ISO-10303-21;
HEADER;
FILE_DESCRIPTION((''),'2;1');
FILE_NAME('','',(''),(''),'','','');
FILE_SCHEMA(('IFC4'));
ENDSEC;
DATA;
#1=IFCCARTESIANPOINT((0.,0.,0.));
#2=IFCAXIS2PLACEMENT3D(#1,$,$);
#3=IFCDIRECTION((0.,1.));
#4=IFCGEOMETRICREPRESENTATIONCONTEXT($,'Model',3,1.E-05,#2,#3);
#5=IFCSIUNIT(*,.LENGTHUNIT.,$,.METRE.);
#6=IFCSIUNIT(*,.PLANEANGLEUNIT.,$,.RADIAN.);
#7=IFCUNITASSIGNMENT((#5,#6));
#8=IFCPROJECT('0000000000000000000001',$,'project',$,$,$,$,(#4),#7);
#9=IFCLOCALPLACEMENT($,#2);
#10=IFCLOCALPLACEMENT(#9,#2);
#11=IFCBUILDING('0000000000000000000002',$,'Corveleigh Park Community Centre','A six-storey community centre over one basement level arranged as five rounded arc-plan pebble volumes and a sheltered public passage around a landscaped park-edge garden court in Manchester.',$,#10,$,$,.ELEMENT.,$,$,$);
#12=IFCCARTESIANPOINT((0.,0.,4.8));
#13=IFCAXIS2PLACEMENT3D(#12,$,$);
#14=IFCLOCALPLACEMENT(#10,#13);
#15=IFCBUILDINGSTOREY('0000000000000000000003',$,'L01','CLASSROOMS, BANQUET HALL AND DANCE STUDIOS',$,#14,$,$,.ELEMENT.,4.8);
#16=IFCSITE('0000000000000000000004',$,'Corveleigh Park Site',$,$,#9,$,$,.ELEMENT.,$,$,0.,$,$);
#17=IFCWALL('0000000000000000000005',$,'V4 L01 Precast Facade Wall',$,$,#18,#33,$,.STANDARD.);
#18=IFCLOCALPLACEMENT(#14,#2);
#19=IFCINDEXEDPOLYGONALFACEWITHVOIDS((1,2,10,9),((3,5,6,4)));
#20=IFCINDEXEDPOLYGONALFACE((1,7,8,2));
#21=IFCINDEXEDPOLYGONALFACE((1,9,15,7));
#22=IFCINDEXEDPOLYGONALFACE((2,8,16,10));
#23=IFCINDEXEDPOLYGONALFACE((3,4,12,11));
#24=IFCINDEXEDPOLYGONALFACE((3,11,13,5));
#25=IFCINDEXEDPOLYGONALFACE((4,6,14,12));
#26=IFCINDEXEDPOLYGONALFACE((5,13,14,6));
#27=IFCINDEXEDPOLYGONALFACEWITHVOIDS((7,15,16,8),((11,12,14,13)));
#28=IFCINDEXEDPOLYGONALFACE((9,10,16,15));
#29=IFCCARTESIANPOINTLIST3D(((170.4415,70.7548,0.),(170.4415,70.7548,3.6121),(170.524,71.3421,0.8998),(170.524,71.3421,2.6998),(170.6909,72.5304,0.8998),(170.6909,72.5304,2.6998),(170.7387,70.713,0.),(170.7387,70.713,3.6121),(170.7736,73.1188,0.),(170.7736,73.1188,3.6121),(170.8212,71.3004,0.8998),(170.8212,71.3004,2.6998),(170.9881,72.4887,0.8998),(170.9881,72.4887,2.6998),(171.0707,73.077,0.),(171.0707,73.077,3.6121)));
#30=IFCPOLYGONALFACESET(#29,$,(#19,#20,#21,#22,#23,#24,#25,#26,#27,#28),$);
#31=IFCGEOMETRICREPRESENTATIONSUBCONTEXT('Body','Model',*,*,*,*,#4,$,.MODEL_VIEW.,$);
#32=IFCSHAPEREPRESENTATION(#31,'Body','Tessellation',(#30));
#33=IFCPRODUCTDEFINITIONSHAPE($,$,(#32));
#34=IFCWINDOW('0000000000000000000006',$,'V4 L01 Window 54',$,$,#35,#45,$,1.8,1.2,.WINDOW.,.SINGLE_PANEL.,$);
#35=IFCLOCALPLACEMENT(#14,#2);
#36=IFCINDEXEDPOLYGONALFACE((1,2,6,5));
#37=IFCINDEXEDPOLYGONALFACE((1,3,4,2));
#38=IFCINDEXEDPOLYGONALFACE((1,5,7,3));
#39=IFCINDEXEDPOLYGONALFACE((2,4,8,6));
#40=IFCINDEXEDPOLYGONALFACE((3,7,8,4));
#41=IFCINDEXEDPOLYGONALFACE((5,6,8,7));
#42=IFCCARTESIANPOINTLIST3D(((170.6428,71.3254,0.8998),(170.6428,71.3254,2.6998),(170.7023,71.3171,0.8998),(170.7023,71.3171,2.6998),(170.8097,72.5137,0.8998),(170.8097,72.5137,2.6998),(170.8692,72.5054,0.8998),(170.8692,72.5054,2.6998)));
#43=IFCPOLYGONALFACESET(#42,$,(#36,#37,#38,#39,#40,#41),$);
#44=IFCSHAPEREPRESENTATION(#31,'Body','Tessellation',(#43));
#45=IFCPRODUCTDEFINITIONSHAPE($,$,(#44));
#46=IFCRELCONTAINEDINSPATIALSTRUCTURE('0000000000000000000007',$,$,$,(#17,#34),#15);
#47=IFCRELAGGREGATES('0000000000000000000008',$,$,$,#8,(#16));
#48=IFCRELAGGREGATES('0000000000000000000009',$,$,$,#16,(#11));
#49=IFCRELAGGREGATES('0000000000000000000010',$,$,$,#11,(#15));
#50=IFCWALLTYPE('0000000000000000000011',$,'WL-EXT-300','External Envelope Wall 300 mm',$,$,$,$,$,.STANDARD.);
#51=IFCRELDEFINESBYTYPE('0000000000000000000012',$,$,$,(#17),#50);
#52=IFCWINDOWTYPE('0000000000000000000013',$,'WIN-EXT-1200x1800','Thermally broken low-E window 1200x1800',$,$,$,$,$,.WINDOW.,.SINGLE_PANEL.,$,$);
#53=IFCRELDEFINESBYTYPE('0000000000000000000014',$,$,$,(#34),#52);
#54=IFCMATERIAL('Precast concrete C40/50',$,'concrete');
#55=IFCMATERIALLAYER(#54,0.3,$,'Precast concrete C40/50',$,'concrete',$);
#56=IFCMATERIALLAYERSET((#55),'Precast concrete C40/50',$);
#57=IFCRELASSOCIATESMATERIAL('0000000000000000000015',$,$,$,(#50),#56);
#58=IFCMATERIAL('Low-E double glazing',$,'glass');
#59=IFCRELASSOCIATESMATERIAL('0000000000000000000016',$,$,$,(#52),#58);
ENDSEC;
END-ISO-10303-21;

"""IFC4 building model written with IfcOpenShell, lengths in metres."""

from ifc_helpers import new_model, si_unit, direction, frame, frame_2d, origin, place, context, subcontext, project, spatial, rectangle, extrude, material, layer, layer_set, type_object, element, fill, save


model = new_model("IFC4")

# Units and contexts
model_context = context("Model", 3, precision=1e-05, world=origin(), true_north=direction((0.0, 1.0)))
body_context = subcontext(model_context, "Body", "Model", "MODEL_VIEW")
ifc_project = project(units=[si_unit("LENGTHUNIT", "METRE"), si_unit("PLANEANGLEUNIT", "RADIAN")], contexts=[model_context])

# Site, building, storey
site_placement = place(None, origin())
site = spatial("IfcSite", under=ifc_project, at=site_placement, Name="Corveleigh Park Site", CompositionType="ELEMENT", RefElevation=0.0)
building_placement = place(site_placement, origin())
building = spatial("IfcBuilding", under=site, at=building_placement, Name="Corveleigh Park Community Centre", Description="A six-storey community centre over one basement level arranged as five rounded arc-plan pebble volumes and a sheltered public passage around a landscaped park-edge garden court in Manchester.", CompositionType="ELEMENT")
storey_placement = place(building_placement, frame((0.0, 0.0, 4.8)))
storey = spatial("IfcBuildingStorey", under=building, at=storey_placement, Name="L01", Description="CLASSROOMS, BANQUET HALL AND DANCE STUDIOS", CompositionType="ELEMENT", Elevation=4.8)

# Shared definitions
ifc_material_1 = material(Name="Low-E double glazing", Category="glass")

# Wall, opening, window
ifc_material_2 = material(Name="Precast concrete C40/50", Category="concrete")
ifc_layer_1 = layer(ifc_material_2, 0.3, Name="Precast concrete C40/50", Category="concrete")
ifc_layer_set_1 = layer_set([ifc_layer_1], Name="Precast concrete C40/50")
wall_type = type_object("IfcWallType", Name="WL-EXT-300", Description="External Envelope Wall 300 mm", PredefinedType="STANDARD", material=ifc_layer_set_1)
wall_placement = place(storey_placement, frame((170.9221, 73.0979, 0.0), z_axis=(0.0, 0.0, 1.0), x_axis=(-0.139087, -0.99028, 0.0)))
wall = element("IfcWall", 1, at=wall_placement, inside=storey, type_object=wall_type, Name="V4 L01 Precast Facade Wall", PredefinedType="STANDARD", context=body_context, shape_type="SweptSolid", body=[
    extrude(rectangle(XDim=2.3872, YDim=0.3, at=frame_2d((1.1936, 0.0))), origin(), (0.0, 0.0, 1.0), 3.6121),
])
opening_placement = place(wall_placement, frame((0.594, 0.0, 0.8999)))
opening = element("IfcOpeningElement", 2, at=opening_placement, cuts=wall, PredefinedType="OPENING", context=body_context, shape_type="SweptSolid", body=[
    extrude(rectangle(XDim=1.2, YDim=1.8, at=frame_2d((0.6001, 0.8999))), frame((0.0, 0.1599, 0.0), z_axis=(0.0, -1.0, 0.0), x_axis=(1.0, 0.0, 0.0)), (0.0, 0.0, 1.0), 0.3201),
])
window_type = type_object("IfcWindowType", Name="WIN-EXT-1200x1800", Description="Thermally broken low-E window 1200x1800", PartitioningType="SINGLE_PANEL", PredefinedType="WINDOW", material=ifc_material_1)
window_placement = place(opening_placement, origin())
window = element("IfcWindow", 3, at=window_placement, inside=storey, type_object=window_type, Name="V4 L01 Window 54", OverallHeight=1.8, OverallWidth=1.2, PartitioningType="SINGLE_PANEL", PredefinedType="WINDOW", context=body_context, shape_type="SweptSolid", body=[
    extrude(rectangle(XDim=1.2, YDim=1.8, at=frame_2d((0.6001, 0.8999))), frame((0.0, 0.03, 0.0), z_axis=(0.0, -1.0, 0.0), x_axis=(1.0, 0.0, 0.0)), (0.0, 0.0, 1.0), 0.0601),
])
fill(opening, window)

save(model, "model.ifc")
